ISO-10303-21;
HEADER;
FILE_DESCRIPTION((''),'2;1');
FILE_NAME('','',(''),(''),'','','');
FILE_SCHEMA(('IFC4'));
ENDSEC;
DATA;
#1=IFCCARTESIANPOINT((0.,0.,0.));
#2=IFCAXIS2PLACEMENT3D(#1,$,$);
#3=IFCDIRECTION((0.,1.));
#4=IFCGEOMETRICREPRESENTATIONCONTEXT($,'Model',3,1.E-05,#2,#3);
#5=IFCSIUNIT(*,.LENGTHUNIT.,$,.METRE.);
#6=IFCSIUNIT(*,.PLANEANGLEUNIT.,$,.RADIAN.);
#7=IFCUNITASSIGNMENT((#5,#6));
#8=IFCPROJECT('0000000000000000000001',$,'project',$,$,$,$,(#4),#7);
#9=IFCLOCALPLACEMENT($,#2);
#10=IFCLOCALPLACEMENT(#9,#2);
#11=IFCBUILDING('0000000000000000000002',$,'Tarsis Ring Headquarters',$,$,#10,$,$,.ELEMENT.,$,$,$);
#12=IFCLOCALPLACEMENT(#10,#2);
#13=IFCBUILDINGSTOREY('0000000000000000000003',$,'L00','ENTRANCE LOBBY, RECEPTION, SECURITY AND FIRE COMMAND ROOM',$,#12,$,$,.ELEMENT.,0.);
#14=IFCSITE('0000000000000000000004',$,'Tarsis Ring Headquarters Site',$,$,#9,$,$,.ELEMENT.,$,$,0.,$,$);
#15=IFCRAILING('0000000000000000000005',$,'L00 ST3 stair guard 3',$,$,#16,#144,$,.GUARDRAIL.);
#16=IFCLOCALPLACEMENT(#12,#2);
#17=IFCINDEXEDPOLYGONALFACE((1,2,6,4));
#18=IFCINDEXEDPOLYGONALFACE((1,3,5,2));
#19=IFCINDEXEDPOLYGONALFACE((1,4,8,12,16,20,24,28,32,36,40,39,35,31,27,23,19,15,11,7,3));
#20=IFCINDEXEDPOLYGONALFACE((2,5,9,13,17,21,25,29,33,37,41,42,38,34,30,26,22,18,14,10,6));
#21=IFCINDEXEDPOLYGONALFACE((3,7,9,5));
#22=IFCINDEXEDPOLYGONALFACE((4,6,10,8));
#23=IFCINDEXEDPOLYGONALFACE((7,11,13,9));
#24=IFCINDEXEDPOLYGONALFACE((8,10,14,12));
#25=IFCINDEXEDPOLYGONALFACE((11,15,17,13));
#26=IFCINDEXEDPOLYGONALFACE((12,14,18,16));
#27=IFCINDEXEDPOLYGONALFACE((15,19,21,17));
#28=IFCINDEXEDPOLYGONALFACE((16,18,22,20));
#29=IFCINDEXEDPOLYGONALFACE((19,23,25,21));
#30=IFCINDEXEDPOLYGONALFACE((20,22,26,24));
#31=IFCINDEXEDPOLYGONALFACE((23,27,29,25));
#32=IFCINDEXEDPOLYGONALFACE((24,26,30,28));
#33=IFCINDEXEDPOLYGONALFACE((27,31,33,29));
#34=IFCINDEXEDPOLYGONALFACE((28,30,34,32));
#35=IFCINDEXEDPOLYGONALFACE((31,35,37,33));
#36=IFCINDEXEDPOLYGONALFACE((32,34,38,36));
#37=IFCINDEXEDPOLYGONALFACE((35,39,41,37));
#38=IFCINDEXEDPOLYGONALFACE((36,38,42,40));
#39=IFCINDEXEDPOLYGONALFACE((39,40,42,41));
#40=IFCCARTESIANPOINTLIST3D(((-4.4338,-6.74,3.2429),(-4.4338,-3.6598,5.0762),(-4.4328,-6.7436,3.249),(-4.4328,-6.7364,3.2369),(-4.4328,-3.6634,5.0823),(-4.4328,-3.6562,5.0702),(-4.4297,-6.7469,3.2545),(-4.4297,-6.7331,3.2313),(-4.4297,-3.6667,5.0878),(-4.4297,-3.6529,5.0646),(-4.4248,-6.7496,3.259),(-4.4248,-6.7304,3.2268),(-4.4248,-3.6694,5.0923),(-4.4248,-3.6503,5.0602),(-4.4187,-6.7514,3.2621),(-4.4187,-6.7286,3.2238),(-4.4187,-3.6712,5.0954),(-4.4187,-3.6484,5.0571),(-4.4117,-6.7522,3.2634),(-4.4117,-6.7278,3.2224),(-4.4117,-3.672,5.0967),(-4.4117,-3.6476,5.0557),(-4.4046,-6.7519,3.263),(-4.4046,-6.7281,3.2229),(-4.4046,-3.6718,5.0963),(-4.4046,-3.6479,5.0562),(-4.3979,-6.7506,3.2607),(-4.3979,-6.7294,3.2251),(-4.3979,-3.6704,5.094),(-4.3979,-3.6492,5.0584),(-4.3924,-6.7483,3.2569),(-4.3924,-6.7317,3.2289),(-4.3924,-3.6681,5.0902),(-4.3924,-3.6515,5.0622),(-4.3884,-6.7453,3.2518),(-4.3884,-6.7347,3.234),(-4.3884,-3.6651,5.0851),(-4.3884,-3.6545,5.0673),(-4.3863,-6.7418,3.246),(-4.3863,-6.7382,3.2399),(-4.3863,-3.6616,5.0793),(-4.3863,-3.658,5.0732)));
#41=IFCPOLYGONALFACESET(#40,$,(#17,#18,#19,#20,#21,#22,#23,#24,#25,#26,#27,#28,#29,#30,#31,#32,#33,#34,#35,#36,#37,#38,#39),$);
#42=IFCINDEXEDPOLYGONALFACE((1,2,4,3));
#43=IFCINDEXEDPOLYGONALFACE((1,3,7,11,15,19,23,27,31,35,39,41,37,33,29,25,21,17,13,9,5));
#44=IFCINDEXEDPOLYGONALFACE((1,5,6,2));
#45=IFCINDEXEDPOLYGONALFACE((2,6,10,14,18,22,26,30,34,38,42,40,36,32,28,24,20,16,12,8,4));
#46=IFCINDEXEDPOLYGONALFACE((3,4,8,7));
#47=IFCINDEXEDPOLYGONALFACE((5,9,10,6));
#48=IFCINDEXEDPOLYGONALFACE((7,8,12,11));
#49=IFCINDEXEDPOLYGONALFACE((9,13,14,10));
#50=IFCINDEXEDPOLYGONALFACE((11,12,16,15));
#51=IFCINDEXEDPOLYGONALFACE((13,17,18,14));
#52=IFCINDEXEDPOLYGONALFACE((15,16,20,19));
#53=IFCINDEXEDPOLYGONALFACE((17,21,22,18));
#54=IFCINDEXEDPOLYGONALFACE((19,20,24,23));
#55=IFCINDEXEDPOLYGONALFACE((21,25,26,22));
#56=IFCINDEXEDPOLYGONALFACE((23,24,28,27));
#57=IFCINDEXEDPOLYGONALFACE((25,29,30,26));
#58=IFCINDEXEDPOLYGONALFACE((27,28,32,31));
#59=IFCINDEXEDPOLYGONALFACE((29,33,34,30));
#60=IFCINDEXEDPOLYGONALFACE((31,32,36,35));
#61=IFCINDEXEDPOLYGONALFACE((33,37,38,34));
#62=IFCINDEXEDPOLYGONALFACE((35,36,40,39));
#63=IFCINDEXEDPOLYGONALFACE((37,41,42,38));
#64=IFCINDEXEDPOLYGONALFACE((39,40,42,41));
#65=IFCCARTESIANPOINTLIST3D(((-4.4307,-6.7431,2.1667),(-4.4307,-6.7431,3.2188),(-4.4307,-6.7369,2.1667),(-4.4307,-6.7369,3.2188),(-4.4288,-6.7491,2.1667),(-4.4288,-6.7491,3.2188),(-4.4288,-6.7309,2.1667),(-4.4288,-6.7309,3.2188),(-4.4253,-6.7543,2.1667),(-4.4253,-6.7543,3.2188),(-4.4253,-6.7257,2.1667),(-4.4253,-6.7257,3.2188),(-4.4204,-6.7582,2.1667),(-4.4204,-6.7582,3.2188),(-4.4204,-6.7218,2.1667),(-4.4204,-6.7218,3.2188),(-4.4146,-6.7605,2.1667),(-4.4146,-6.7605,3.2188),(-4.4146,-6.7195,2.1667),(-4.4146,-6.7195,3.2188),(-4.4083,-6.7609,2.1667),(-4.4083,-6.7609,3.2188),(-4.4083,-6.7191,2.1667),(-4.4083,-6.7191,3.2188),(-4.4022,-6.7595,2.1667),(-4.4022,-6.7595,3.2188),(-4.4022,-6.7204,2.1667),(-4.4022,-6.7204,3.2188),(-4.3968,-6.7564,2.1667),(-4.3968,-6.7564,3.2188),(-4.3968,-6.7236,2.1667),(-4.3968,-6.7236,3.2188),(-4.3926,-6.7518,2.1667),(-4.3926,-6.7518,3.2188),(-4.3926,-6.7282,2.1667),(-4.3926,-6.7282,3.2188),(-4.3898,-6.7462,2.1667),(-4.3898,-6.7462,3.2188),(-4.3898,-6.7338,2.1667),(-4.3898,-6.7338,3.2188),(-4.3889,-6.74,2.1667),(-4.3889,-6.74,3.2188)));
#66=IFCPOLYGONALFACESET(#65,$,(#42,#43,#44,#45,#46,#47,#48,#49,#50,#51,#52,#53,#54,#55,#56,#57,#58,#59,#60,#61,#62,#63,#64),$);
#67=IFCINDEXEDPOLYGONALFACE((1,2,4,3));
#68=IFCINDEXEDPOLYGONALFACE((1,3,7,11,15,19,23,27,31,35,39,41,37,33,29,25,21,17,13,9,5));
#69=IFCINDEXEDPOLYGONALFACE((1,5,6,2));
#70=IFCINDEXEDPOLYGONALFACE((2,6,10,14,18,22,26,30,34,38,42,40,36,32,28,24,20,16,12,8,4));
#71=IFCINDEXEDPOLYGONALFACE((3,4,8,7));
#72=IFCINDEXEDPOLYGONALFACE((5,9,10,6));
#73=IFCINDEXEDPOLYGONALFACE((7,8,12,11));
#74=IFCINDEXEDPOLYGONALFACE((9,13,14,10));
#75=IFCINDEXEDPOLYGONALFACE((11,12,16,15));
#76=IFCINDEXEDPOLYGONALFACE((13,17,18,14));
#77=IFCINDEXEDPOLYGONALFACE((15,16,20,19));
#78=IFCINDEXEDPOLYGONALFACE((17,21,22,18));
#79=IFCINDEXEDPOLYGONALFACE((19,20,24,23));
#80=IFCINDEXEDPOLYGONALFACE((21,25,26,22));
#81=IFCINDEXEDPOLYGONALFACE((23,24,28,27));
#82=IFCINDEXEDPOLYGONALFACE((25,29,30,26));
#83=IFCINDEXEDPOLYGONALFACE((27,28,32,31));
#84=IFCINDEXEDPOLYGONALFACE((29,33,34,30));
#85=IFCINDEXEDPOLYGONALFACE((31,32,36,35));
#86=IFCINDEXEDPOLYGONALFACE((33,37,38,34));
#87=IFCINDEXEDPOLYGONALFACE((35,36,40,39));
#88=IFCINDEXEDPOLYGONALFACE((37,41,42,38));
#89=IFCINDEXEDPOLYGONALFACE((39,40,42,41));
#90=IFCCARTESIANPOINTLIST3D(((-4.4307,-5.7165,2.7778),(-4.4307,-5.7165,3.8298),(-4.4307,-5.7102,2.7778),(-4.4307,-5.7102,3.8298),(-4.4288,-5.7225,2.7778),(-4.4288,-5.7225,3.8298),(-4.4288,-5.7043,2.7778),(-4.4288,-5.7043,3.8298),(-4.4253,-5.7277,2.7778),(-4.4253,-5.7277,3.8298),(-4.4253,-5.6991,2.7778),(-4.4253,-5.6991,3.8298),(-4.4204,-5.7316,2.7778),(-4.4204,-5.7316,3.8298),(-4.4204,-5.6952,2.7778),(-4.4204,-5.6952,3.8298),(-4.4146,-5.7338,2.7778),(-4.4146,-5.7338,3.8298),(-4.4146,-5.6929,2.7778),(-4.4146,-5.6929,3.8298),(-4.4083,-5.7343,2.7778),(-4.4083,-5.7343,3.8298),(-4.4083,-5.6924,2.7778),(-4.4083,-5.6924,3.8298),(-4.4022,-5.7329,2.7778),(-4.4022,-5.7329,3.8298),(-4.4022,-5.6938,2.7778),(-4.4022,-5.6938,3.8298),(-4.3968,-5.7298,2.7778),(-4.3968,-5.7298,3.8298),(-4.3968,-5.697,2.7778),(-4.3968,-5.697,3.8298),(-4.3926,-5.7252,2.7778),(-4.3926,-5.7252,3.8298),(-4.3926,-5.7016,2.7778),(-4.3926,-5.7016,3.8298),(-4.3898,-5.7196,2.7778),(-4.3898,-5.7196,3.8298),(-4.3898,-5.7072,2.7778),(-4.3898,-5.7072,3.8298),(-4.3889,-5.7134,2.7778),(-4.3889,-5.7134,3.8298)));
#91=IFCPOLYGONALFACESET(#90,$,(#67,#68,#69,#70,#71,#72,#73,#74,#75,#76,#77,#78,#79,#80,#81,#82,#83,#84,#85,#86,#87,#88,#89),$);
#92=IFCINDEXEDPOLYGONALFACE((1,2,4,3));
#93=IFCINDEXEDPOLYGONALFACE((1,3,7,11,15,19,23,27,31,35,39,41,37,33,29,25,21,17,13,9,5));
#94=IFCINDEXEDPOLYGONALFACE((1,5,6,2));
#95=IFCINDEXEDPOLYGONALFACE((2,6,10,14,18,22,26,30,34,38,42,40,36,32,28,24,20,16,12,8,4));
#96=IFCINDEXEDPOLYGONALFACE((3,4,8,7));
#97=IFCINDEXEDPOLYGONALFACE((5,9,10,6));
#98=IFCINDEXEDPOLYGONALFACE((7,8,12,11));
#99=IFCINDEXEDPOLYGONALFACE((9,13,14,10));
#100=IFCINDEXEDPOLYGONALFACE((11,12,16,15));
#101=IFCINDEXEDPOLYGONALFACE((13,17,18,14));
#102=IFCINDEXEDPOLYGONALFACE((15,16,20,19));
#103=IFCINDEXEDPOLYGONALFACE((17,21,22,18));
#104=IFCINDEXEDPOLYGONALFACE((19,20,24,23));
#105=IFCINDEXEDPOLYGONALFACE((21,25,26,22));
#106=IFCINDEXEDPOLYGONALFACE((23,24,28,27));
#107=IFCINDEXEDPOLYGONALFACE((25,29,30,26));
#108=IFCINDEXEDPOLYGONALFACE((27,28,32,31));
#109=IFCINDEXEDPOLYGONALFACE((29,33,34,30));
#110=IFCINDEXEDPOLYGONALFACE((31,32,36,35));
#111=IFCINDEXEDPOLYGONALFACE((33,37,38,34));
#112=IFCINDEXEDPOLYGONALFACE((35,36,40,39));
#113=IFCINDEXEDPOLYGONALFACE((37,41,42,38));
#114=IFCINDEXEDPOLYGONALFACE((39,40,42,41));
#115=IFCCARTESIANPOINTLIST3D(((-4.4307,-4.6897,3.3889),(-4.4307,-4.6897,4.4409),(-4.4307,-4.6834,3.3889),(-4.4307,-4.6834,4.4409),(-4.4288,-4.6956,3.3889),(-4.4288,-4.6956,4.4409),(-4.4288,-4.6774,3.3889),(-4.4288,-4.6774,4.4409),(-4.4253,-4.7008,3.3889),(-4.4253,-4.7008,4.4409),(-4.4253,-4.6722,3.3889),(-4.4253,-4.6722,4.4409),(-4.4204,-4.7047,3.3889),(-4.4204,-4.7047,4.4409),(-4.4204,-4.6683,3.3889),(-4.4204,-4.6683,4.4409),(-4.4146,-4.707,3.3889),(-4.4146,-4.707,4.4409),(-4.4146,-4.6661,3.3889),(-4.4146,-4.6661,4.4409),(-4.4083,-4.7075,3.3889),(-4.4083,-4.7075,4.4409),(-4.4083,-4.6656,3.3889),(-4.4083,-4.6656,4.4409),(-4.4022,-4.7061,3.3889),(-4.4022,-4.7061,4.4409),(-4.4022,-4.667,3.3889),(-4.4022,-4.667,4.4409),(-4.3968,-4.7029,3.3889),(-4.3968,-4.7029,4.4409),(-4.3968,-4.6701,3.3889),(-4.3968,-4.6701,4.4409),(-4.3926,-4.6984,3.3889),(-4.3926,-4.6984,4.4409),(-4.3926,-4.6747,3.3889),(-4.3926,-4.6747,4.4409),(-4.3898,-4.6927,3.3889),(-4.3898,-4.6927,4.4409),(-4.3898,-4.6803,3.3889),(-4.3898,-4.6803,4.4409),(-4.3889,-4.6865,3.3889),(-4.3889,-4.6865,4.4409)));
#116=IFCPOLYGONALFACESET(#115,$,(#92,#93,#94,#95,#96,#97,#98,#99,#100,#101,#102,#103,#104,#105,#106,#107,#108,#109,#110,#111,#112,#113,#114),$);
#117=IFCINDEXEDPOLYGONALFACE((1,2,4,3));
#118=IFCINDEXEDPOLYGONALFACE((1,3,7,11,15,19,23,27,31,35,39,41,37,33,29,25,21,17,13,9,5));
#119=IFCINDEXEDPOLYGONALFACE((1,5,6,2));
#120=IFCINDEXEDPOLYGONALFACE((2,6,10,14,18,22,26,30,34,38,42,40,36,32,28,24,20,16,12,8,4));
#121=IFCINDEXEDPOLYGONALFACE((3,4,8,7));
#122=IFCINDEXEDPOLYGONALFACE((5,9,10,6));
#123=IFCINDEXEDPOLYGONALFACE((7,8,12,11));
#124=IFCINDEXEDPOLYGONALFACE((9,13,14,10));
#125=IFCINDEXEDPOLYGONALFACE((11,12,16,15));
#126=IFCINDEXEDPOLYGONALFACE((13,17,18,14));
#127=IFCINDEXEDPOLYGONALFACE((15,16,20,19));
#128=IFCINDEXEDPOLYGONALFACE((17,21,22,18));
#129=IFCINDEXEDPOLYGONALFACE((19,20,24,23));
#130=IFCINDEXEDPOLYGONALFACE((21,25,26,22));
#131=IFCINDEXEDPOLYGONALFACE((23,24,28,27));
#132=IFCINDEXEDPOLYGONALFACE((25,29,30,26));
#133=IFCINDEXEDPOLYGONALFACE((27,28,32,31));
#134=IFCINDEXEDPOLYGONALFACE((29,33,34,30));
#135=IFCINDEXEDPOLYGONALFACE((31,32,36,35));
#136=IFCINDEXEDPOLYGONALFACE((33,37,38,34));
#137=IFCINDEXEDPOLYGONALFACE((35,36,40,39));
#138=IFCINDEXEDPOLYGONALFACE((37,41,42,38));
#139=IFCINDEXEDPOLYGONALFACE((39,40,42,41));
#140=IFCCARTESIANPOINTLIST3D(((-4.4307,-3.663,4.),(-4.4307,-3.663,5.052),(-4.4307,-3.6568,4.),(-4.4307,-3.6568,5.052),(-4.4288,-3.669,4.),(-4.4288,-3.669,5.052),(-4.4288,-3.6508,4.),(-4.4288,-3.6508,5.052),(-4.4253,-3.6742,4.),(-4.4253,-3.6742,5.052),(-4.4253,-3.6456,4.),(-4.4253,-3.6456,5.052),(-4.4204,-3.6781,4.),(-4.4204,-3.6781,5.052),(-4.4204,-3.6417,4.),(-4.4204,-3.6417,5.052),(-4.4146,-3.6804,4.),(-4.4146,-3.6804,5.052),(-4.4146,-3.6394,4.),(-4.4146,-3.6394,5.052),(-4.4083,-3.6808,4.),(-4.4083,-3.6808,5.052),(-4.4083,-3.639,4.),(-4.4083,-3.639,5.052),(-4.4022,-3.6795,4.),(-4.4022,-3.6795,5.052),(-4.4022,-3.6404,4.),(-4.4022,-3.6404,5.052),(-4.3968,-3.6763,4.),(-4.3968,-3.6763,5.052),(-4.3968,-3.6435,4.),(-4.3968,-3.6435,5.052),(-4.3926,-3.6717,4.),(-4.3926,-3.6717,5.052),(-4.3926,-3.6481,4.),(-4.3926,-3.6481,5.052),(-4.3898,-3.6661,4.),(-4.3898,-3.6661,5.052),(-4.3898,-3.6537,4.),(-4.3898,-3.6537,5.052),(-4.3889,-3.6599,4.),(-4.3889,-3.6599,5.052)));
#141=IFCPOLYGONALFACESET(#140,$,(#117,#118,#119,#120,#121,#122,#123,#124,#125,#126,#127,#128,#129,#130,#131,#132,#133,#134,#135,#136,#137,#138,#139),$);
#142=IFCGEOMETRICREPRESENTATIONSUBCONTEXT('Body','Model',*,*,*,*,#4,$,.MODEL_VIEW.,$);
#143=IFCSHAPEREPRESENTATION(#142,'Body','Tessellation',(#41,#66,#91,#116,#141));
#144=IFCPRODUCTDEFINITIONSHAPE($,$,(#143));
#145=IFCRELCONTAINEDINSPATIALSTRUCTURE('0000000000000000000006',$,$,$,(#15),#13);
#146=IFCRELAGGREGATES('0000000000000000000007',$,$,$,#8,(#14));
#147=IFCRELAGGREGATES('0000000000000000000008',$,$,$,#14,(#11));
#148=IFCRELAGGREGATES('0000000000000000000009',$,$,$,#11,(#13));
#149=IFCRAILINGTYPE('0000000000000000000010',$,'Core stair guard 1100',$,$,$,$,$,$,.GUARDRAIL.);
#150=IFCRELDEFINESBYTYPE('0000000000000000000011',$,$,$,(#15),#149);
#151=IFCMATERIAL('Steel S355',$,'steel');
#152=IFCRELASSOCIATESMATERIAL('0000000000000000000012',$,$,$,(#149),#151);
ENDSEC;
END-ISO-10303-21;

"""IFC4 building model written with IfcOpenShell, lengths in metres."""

from ifc_helpers import new_model, si_unit, direction, frame, origin, origin_2d, place, context, subcontext, project, spatial, circle, extrude, material, type_object, element, save


model = new_model("IFC4")

# Units and contexts
model_context = context("Model", 3, precision=1e-05, world=origin(), true_north=direction((0.0, 1.0)))
body_context = subcontext(model_context, "Body", "Model", "MODEL_VIEW")
ifc_project = project(units=[si_unit("LENGTHUNIT", "METRE"), si_unit("PLANEANGLEUNIT", "RADIAN")], contexts=[model_context])

# Site, building, storey
site_placement = place(None, origin())
site = spatial("IfcSite", under=ifc_project, at=site_placement, Name="Tarsis Ring Headquarters Site", CompositionType="ELEMENT", RefElevation=0.0)
building_placement = place(site_placement, origin())
building = spatial("IfcBuilding", under=site, at=building_placement, Name="Tarsis Ring Headquarters", CompositionType="ELEMENT")
storey_placement = place(building_placement, origin())
storey = spatial("IfcBuildingStorey", under=building, at=storey_placement, Name="L00", Description="ENTRANCE LOBBY, RECEPTION, SECURITY AND FIRE COMMAND ROOM", CompositionType="ELEMENT", Elevation=0.0)

# Railing
ifc_material = material(Name="Steel S355", Category="steel")
railing_type_1 = type_object("IfcRailingType", Name="Core stair guard 1100", PredefinedType="GUARDRAIL", material=ifc_material)
railing_1_placement = place(storey_placement, frame((-4.4099, -6.74, 2.1667)))
element("IfcRailing", 1, at=railing_1_placement, inside=storey, type_object=railing_type_1, Name="L00 ST3 stair guard 3", PredefinedType="GUARDRAIL", context=body_context, shape_type="SweptSolid", body=[
    extrude(circle(Radius=0.0239, at=origin_2d()), frame((0.0, 0.0, 1.0762), z_axis=(0.0, 0.859309, 0.511458), x_axis=(-1.0, 0.0, 0.0)), (0.0, 0.0, 1.0), 3.5845),
    extrude(circle(Radius=0.021, at=origin_2d()), origin(), (0.0, 0.0, 1.0), 1.052),
    extrude(circle(Radius=0.021, at=origin_2d()), frame((0.0, 1.0266, 0.6111)), (0.0, 0.0, 1.0), 1.052),
    extrude(circle(Radius=0.021, at=origin_2d()), frame((0.0, 2.0535, 1.2222)), (0.0, 0.0, 1.0), 1.052),
    extrude(circle(Radius=0.021, at=origin_2d()), frame((0.0, 3.0801, 1.8333)), (0.0, 0.0, 1.0), 1.052),
])

save(model, "model.ifc")
